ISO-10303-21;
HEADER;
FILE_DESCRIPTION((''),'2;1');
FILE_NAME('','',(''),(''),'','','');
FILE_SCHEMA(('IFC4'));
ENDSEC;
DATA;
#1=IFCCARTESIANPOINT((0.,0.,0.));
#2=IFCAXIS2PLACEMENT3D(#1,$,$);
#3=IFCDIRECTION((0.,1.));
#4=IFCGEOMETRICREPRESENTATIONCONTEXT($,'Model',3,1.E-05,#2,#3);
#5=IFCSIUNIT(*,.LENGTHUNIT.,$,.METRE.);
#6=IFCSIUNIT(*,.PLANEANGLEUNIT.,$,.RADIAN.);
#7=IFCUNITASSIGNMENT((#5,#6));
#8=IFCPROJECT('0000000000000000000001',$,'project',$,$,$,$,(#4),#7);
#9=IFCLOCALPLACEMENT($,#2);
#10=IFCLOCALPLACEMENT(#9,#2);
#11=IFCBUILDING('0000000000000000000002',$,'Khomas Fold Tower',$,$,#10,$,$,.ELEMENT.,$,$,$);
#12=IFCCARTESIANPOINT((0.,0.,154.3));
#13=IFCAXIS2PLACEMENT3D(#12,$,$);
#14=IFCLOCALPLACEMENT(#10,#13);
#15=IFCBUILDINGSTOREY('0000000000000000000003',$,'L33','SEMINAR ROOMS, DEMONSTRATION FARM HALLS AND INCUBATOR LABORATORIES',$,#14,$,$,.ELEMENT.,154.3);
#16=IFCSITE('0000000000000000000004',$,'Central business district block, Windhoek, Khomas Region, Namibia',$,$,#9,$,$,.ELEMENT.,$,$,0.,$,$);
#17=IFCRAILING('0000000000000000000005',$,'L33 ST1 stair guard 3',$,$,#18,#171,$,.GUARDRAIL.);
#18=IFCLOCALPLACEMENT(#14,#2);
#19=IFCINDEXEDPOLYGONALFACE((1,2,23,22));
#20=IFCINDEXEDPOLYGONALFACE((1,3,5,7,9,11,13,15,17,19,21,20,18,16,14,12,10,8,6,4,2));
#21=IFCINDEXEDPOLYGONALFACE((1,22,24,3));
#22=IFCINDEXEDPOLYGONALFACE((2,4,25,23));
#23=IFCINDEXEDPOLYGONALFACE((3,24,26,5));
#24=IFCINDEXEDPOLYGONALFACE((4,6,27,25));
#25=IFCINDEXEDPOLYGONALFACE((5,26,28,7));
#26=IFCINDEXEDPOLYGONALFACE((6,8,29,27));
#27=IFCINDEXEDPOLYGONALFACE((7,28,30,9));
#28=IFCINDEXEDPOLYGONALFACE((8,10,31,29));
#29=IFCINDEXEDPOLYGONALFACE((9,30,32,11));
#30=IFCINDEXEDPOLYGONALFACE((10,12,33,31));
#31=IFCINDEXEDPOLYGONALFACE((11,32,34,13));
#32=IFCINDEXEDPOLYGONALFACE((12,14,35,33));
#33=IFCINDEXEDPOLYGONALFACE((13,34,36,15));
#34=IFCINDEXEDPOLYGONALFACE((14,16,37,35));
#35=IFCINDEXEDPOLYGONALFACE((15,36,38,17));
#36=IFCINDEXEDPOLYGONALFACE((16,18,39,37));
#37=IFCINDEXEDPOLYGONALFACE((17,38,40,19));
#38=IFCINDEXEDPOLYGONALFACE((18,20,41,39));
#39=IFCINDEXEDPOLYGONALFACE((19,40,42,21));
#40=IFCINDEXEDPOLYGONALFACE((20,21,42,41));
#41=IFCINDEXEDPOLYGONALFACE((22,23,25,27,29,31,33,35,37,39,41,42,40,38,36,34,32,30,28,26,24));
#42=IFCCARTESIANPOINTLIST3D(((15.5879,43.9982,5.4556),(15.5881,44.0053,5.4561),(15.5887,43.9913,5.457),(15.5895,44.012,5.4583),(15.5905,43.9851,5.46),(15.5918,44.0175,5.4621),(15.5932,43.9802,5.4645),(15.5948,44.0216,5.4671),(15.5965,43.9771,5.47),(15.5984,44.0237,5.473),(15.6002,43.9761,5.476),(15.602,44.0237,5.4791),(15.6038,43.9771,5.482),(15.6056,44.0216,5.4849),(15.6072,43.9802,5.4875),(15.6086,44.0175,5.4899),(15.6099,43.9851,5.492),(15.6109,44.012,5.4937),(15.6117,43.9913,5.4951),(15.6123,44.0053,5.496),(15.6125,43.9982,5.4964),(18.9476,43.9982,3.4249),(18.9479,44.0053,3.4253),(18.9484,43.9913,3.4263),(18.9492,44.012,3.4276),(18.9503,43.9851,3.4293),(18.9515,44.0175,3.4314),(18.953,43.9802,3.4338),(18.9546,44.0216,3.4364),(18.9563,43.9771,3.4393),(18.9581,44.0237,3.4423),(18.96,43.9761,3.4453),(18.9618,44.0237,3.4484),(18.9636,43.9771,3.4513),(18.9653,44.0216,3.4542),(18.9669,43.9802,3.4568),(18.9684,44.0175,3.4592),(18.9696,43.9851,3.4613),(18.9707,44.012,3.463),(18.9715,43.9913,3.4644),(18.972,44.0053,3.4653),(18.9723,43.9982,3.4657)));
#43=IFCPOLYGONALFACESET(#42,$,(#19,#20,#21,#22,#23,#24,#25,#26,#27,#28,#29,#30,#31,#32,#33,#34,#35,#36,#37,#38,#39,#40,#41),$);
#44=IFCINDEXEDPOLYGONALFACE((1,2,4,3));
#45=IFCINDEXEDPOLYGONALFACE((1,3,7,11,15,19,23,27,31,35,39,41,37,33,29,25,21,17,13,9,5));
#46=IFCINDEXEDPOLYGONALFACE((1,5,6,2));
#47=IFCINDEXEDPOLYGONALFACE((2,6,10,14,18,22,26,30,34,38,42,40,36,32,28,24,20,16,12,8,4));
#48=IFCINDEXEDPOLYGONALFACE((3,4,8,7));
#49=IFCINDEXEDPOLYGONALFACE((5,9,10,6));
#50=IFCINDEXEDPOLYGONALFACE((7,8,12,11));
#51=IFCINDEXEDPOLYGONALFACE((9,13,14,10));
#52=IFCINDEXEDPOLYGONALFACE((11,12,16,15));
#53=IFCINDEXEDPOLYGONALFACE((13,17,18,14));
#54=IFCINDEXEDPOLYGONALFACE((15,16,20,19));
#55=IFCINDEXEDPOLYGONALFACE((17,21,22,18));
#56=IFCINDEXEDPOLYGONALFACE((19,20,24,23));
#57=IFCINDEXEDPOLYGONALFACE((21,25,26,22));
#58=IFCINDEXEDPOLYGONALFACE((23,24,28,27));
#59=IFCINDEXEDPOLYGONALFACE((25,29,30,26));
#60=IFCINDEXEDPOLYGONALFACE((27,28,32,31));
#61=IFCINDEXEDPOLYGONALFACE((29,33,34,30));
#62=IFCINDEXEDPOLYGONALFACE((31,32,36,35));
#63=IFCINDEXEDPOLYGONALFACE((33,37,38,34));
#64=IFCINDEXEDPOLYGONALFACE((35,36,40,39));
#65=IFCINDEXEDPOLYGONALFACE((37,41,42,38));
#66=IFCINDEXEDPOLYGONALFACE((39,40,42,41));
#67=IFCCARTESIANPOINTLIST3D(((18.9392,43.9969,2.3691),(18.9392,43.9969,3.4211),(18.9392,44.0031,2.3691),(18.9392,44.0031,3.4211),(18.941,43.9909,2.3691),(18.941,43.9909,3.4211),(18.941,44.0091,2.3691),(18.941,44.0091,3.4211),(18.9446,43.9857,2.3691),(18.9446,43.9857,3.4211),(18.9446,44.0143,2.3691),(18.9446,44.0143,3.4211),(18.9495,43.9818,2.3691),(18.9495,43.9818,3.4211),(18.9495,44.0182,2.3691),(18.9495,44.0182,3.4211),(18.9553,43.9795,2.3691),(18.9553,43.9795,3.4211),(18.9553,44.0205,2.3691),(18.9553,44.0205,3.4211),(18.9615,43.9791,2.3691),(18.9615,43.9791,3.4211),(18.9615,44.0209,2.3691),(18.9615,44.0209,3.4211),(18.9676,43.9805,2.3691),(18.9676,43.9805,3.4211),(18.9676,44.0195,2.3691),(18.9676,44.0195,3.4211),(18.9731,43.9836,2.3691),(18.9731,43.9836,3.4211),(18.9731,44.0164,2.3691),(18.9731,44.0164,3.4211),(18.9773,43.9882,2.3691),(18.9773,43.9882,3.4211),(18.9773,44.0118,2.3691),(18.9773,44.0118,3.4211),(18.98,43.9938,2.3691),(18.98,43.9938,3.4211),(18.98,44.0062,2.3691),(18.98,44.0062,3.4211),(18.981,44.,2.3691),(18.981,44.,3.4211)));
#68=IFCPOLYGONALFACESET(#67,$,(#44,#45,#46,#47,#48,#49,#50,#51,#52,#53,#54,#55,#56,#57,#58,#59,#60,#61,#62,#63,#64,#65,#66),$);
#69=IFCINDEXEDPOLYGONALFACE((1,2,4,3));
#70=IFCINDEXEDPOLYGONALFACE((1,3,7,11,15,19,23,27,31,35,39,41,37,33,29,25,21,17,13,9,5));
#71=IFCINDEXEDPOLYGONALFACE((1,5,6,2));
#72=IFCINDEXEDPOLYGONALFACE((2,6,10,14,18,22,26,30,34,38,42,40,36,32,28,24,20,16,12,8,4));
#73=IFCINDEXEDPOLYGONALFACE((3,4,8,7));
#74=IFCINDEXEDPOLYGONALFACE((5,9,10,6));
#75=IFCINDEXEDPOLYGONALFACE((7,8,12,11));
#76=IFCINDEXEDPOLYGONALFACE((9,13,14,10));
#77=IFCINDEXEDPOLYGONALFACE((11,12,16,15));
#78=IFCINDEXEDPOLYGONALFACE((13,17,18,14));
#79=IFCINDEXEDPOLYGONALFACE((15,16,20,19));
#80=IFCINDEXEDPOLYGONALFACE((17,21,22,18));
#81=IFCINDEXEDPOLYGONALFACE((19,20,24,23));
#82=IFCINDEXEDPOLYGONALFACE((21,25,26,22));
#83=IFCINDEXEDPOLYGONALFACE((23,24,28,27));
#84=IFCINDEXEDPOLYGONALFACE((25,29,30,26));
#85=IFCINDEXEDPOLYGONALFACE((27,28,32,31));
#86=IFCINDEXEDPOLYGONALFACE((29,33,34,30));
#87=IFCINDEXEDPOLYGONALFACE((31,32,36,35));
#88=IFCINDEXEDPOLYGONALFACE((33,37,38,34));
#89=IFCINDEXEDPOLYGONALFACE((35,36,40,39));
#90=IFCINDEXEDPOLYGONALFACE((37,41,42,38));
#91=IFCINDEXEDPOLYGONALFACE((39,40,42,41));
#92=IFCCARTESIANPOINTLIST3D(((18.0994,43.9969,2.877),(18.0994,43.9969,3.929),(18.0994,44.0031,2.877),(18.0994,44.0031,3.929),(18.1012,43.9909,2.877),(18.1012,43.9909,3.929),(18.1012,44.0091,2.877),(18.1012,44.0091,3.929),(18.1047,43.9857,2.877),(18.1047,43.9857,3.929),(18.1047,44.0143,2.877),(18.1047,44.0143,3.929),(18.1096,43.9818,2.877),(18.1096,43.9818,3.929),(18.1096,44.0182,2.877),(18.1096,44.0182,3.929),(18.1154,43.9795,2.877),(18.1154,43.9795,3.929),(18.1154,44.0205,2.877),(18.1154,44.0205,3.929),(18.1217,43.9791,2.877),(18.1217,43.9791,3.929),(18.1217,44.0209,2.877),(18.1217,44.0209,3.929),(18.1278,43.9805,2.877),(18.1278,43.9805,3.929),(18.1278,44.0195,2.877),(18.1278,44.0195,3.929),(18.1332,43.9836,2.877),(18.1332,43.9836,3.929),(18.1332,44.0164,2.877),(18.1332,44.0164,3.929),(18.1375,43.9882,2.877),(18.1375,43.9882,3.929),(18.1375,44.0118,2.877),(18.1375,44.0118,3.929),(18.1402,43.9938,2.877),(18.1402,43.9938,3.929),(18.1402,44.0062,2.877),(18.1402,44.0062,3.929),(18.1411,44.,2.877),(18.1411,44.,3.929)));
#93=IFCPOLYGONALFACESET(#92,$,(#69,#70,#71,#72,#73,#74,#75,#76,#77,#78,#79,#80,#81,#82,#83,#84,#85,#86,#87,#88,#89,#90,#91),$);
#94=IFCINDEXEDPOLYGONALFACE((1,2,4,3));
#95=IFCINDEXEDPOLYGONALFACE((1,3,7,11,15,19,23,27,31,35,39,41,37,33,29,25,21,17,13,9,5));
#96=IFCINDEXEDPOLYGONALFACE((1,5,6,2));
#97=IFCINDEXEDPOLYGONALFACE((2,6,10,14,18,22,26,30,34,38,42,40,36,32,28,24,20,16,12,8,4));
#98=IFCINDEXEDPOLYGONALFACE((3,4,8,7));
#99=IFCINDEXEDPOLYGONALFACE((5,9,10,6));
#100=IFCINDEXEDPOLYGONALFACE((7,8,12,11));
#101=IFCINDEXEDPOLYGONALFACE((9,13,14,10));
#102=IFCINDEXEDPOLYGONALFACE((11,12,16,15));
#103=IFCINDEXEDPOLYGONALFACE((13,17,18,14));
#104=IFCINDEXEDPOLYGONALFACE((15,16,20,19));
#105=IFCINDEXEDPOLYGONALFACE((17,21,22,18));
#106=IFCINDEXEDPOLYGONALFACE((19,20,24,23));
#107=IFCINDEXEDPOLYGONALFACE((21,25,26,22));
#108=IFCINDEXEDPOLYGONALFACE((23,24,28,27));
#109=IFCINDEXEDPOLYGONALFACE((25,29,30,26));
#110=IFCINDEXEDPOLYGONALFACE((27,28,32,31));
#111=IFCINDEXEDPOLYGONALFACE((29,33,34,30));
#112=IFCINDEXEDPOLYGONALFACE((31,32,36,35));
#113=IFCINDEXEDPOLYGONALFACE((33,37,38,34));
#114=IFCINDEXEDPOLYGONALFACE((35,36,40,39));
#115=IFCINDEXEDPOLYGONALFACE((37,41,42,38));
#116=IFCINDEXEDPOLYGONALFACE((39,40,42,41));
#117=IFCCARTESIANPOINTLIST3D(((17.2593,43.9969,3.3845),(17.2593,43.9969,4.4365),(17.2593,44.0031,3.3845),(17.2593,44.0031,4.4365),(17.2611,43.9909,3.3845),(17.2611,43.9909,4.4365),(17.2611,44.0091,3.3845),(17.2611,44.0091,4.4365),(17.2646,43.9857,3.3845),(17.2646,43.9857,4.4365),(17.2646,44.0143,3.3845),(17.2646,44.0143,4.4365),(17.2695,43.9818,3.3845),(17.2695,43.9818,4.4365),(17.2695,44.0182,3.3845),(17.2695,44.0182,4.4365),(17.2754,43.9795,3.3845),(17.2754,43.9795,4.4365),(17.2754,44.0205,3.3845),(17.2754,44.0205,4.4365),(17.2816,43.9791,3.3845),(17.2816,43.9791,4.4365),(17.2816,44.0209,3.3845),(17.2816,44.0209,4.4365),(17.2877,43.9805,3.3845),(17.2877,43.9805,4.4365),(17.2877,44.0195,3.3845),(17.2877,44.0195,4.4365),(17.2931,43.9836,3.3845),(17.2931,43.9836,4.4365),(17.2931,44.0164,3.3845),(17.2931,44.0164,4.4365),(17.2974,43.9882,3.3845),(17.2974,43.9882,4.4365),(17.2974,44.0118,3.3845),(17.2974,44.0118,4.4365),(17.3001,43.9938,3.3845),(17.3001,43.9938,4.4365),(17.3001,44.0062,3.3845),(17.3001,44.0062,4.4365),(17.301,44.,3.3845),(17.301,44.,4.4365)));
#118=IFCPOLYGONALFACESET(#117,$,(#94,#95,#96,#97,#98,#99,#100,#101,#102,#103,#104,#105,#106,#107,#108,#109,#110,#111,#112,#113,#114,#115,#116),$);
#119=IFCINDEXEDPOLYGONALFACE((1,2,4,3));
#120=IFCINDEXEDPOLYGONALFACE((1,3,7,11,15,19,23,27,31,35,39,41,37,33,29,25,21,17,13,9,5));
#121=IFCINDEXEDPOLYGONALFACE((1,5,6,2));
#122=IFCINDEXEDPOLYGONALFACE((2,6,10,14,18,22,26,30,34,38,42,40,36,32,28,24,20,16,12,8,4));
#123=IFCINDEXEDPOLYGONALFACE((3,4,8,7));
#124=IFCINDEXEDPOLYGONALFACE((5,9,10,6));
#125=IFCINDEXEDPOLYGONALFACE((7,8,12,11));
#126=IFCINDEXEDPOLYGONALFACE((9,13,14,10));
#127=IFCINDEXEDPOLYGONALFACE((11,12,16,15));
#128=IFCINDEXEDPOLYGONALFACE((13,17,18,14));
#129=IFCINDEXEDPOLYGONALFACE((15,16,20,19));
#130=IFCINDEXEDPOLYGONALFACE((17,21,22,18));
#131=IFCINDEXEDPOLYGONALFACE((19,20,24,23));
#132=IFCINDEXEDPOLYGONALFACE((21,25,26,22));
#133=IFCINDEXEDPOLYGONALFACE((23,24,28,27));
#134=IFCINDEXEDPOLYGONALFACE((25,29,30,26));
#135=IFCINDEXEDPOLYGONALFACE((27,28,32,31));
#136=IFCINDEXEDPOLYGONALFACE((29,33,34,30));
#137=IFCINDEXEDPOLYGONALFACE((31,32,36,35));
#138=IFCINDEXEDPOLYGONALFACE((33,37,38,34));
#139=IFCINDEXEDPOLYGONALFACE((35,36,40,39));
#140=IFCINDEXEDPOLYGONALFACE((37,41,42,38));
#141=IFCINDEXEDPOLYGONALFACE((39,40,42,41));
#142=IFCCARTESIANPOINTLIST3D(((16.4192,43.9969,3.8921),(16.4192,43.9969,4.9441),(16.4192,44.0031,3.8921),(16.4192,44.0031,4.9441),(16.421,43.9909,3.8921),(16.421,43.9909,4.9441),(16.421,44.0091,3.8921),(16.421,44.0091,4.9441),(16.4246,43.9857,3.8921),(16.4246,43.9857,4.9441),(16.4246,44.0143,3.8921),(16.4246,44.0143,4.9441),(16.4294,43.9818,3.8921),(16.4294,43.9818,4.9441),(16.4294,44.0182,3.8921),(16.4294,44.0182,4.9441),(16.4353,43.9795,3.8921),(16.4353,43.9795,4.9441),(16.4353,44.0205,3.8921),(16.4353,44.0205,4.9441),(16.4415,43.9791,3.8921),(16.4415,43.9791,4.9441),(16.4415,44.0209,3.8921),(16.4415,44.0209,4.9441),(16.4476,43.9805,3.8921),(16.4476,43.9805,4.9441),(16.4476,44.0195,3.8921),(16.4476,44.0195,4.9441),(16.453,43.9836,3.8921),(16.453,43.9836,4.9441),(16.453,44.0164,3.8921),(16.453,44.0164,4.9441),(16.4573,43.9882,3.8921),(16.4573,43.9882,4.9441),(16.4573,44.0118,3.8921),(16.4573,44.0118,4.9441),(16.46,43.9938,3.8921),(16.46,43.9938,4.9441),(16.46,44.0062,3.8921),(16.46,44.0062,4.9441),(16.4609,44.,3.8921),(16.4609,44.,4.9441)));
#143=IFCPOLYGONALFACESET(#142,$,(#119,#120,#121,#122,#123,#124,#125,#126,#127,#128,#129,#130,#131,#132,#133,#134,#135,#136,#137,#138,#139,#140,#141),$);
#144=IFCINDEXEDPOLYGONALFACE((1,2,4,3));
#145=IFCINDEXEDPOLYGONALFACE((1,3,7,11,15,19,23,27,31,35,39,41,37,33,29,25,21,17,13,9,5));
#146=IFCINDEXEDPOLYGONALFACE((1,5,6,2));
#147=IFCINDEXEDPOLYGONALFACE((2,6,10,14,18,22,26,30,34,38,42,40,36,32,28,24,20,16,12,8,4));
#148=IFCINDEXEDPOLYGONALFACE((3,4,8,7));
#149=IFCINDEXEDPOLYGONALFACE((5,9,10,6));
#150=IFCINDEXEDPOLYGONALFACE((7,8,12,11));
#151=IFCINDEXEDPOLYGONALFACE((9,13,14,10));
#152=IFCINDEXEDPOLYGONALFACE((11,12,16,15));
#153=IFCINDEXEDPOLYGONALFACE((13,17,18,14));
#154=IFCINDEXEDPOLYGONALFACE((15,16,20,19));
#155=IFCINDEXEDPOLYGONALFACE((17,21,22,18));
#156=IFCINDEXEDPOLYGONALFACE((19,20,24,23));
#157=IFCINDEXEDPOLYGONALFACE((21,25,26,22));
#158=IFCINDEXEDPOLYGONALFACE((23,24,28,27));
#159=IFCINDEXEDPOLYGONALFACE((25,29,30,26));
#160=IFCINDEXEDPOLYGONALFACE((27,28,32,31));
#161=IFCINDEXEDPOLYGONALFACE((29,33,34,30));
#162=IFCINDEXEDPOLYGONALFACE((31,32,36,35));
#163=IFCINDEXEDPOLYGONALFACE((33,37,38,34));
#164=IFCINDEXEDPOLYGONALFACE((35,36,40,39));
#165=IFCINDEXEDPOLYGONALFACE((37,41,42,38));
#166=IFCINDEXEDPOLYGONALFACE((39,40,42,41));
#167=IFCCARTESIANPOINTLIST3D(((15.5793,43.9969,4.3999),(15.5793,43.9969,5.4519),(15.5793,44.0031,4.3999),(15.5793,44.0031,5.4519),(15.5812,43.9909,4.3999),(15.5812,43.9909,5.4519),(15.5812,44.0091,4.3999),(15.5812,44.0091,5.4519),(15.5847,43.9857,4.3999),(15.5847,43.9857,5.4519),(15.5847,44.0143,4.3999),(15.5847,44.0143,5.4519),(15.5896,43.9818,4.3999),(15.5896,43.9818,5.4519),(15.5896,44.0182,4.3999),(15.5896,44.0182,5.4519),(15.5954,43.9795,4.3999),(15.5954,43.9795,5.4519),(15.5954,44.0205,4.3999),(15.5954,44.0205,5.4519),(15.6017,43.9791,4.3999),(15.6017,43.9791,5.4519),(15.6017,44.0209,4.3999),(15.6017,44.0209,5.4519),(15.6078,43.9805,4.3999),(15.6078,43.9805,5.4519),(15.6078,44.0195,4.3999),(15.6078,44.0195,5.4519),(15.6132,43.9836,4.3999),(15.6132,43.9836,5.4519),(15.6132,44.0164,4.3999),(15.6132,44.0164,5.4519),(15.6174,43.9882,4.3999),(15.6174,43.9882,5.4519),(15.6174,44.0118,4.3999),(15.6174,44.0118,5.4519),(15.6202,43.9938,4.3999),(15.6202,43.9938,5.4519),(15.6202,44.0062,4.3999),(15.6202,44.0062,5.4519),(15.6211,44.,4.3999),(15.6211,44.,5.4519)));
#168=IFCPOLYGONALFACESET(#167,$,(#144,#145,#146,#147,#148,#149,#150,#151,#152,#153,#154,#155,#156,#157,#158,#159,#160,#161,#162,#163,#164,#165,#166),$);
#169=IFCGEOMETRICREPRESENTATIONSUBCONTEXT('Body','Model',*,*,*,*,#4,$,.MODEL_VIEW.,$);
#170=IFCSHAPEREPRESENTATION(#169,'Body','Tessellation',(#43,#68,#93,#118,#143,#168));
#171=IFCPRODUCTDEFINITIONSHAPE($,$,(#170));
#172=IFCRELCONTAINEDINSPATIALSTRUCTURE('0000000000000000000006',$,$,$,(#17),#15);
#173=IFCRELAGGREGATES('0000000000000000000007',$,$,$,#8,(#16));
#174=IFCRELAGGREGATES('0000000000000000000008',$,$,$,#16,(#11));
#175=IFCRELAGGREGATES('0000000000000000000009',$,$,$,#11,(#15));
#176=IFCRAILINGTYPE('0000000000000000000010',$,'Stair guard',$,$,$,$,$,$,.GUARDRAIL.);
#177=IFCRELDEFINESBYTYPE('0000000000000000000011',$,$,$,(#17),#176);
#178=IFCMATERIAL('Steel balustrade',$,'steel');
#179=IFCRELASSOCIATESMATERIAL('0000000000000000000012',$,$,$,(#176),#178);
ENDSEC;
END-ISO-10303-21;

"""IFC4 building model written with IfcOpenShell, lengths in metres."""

from ifc_helpers import new_model, si_unit, direction, frame, origin, origin_2d, place, context, subcontext, project, spatial, circle, extrude, source, transform, mapped, material, type_object, element, save


model = new_model("IFC4")

# Units and contexts
model_context = context("Model", 3, precision=1e-05, world=origin(), true_north=direction((0.0, 1.0)))
body_context = subcontext(model_context, "Body", "Model", "MODEL_VIEW")
ifc_project = project(units=[si_unit("LENGTHUNIT", "METRE"), si_unit("PLANEANGLEUNIT", "RADIAN")], contexts=[model_context])

# Site, building, storey
site_placement = place(None, origin())
site = spatial("IfcSite", under=ifc_project, at=site_placement, Name="Central business district block, Windhoek, Khomas Region, Namibia", CompositionType="ELEMENT", RefElevation=0.0)
building_placement = place(site_placement, origin())
building = spatial("IfcBuilding", under=site, at=building_placement, Name="Khomas Fold Tower", CompositionType="ELEMENT")
storey_placement = place(building_placement, frame((0.0, 0.0, 154.3)))
storey = spatial("IfcBuildingStorey", under=building, at=storey_placement, Name="L33", Description="SEMINAR ROOMS, DEMONSTRATION FARM HALLS AND INCUBATOR LABORATORIES", CompositionType="ELEMENT", Elevation=154.3)

# Railing
ifc_material_1 = material(Name="Steel balustrade", Category="steel")
railing_type_1 = type_object("IfcRailingType", Name="Stair guard", PredefinedType="GUARDRAIL", material=ifc_material_1)
shared_shape_1 = source(origin(), body_context, "Body", "SweptSolid", [
    extrude(circle(Radius=0.0239, at=origin_2d()), frame((0.0, 0.0, 1.0762), z_axis=(-0.85582, 0.0, 0.517273), x_axis=(0.0, -1.0, 0.0)), (0.0, 0.0, 1.0), 3.9258),
    extrude(circle(Radius=0.021, at=origin_2d()), origin(), (0.0, 0.0, 1.0), 1.052),
    extrude(circle(Radius=0.021, at=origin_2d()), frame((-0.8398, 0.0, 0.5078)), (0.0, 0.0, 1.0), 1.052),
    extrude(circle(Radius=0.021, at=origin_2d()), frame((-1.6799, 0.0, 1.0154)), (0.0, 0.0, 1.0), 1.052),
    extrude(circle(Radius=0.021, at=origin_2d()), frame((-2.52, 0.0, 1.5229)), (0.0, 0.0, 1.0), 1.052),
    extrude(circle(Radius=0.021, at=origin_2d()), frame((-3.3599, 0.0, 2.0308)), (0.0, 0.0, 1.0), 1.052),
])
railing_1_placement = place(storey_placement, frame((18.96, 44.0, 2.3691)))
element("IfcRailing", 1, at=railing_1_placement, inside=storey, type_object=railing_type_1, Name="L33 ST1 stair guard 3", PredefinedType="GUARDRAIL", context=body_context, shape_type="MappedRepresentation", body=[
    mapped(shared_shape_1, transform((0.0, 0.0, 0.0))),
])

save(model, "model.ifc")
